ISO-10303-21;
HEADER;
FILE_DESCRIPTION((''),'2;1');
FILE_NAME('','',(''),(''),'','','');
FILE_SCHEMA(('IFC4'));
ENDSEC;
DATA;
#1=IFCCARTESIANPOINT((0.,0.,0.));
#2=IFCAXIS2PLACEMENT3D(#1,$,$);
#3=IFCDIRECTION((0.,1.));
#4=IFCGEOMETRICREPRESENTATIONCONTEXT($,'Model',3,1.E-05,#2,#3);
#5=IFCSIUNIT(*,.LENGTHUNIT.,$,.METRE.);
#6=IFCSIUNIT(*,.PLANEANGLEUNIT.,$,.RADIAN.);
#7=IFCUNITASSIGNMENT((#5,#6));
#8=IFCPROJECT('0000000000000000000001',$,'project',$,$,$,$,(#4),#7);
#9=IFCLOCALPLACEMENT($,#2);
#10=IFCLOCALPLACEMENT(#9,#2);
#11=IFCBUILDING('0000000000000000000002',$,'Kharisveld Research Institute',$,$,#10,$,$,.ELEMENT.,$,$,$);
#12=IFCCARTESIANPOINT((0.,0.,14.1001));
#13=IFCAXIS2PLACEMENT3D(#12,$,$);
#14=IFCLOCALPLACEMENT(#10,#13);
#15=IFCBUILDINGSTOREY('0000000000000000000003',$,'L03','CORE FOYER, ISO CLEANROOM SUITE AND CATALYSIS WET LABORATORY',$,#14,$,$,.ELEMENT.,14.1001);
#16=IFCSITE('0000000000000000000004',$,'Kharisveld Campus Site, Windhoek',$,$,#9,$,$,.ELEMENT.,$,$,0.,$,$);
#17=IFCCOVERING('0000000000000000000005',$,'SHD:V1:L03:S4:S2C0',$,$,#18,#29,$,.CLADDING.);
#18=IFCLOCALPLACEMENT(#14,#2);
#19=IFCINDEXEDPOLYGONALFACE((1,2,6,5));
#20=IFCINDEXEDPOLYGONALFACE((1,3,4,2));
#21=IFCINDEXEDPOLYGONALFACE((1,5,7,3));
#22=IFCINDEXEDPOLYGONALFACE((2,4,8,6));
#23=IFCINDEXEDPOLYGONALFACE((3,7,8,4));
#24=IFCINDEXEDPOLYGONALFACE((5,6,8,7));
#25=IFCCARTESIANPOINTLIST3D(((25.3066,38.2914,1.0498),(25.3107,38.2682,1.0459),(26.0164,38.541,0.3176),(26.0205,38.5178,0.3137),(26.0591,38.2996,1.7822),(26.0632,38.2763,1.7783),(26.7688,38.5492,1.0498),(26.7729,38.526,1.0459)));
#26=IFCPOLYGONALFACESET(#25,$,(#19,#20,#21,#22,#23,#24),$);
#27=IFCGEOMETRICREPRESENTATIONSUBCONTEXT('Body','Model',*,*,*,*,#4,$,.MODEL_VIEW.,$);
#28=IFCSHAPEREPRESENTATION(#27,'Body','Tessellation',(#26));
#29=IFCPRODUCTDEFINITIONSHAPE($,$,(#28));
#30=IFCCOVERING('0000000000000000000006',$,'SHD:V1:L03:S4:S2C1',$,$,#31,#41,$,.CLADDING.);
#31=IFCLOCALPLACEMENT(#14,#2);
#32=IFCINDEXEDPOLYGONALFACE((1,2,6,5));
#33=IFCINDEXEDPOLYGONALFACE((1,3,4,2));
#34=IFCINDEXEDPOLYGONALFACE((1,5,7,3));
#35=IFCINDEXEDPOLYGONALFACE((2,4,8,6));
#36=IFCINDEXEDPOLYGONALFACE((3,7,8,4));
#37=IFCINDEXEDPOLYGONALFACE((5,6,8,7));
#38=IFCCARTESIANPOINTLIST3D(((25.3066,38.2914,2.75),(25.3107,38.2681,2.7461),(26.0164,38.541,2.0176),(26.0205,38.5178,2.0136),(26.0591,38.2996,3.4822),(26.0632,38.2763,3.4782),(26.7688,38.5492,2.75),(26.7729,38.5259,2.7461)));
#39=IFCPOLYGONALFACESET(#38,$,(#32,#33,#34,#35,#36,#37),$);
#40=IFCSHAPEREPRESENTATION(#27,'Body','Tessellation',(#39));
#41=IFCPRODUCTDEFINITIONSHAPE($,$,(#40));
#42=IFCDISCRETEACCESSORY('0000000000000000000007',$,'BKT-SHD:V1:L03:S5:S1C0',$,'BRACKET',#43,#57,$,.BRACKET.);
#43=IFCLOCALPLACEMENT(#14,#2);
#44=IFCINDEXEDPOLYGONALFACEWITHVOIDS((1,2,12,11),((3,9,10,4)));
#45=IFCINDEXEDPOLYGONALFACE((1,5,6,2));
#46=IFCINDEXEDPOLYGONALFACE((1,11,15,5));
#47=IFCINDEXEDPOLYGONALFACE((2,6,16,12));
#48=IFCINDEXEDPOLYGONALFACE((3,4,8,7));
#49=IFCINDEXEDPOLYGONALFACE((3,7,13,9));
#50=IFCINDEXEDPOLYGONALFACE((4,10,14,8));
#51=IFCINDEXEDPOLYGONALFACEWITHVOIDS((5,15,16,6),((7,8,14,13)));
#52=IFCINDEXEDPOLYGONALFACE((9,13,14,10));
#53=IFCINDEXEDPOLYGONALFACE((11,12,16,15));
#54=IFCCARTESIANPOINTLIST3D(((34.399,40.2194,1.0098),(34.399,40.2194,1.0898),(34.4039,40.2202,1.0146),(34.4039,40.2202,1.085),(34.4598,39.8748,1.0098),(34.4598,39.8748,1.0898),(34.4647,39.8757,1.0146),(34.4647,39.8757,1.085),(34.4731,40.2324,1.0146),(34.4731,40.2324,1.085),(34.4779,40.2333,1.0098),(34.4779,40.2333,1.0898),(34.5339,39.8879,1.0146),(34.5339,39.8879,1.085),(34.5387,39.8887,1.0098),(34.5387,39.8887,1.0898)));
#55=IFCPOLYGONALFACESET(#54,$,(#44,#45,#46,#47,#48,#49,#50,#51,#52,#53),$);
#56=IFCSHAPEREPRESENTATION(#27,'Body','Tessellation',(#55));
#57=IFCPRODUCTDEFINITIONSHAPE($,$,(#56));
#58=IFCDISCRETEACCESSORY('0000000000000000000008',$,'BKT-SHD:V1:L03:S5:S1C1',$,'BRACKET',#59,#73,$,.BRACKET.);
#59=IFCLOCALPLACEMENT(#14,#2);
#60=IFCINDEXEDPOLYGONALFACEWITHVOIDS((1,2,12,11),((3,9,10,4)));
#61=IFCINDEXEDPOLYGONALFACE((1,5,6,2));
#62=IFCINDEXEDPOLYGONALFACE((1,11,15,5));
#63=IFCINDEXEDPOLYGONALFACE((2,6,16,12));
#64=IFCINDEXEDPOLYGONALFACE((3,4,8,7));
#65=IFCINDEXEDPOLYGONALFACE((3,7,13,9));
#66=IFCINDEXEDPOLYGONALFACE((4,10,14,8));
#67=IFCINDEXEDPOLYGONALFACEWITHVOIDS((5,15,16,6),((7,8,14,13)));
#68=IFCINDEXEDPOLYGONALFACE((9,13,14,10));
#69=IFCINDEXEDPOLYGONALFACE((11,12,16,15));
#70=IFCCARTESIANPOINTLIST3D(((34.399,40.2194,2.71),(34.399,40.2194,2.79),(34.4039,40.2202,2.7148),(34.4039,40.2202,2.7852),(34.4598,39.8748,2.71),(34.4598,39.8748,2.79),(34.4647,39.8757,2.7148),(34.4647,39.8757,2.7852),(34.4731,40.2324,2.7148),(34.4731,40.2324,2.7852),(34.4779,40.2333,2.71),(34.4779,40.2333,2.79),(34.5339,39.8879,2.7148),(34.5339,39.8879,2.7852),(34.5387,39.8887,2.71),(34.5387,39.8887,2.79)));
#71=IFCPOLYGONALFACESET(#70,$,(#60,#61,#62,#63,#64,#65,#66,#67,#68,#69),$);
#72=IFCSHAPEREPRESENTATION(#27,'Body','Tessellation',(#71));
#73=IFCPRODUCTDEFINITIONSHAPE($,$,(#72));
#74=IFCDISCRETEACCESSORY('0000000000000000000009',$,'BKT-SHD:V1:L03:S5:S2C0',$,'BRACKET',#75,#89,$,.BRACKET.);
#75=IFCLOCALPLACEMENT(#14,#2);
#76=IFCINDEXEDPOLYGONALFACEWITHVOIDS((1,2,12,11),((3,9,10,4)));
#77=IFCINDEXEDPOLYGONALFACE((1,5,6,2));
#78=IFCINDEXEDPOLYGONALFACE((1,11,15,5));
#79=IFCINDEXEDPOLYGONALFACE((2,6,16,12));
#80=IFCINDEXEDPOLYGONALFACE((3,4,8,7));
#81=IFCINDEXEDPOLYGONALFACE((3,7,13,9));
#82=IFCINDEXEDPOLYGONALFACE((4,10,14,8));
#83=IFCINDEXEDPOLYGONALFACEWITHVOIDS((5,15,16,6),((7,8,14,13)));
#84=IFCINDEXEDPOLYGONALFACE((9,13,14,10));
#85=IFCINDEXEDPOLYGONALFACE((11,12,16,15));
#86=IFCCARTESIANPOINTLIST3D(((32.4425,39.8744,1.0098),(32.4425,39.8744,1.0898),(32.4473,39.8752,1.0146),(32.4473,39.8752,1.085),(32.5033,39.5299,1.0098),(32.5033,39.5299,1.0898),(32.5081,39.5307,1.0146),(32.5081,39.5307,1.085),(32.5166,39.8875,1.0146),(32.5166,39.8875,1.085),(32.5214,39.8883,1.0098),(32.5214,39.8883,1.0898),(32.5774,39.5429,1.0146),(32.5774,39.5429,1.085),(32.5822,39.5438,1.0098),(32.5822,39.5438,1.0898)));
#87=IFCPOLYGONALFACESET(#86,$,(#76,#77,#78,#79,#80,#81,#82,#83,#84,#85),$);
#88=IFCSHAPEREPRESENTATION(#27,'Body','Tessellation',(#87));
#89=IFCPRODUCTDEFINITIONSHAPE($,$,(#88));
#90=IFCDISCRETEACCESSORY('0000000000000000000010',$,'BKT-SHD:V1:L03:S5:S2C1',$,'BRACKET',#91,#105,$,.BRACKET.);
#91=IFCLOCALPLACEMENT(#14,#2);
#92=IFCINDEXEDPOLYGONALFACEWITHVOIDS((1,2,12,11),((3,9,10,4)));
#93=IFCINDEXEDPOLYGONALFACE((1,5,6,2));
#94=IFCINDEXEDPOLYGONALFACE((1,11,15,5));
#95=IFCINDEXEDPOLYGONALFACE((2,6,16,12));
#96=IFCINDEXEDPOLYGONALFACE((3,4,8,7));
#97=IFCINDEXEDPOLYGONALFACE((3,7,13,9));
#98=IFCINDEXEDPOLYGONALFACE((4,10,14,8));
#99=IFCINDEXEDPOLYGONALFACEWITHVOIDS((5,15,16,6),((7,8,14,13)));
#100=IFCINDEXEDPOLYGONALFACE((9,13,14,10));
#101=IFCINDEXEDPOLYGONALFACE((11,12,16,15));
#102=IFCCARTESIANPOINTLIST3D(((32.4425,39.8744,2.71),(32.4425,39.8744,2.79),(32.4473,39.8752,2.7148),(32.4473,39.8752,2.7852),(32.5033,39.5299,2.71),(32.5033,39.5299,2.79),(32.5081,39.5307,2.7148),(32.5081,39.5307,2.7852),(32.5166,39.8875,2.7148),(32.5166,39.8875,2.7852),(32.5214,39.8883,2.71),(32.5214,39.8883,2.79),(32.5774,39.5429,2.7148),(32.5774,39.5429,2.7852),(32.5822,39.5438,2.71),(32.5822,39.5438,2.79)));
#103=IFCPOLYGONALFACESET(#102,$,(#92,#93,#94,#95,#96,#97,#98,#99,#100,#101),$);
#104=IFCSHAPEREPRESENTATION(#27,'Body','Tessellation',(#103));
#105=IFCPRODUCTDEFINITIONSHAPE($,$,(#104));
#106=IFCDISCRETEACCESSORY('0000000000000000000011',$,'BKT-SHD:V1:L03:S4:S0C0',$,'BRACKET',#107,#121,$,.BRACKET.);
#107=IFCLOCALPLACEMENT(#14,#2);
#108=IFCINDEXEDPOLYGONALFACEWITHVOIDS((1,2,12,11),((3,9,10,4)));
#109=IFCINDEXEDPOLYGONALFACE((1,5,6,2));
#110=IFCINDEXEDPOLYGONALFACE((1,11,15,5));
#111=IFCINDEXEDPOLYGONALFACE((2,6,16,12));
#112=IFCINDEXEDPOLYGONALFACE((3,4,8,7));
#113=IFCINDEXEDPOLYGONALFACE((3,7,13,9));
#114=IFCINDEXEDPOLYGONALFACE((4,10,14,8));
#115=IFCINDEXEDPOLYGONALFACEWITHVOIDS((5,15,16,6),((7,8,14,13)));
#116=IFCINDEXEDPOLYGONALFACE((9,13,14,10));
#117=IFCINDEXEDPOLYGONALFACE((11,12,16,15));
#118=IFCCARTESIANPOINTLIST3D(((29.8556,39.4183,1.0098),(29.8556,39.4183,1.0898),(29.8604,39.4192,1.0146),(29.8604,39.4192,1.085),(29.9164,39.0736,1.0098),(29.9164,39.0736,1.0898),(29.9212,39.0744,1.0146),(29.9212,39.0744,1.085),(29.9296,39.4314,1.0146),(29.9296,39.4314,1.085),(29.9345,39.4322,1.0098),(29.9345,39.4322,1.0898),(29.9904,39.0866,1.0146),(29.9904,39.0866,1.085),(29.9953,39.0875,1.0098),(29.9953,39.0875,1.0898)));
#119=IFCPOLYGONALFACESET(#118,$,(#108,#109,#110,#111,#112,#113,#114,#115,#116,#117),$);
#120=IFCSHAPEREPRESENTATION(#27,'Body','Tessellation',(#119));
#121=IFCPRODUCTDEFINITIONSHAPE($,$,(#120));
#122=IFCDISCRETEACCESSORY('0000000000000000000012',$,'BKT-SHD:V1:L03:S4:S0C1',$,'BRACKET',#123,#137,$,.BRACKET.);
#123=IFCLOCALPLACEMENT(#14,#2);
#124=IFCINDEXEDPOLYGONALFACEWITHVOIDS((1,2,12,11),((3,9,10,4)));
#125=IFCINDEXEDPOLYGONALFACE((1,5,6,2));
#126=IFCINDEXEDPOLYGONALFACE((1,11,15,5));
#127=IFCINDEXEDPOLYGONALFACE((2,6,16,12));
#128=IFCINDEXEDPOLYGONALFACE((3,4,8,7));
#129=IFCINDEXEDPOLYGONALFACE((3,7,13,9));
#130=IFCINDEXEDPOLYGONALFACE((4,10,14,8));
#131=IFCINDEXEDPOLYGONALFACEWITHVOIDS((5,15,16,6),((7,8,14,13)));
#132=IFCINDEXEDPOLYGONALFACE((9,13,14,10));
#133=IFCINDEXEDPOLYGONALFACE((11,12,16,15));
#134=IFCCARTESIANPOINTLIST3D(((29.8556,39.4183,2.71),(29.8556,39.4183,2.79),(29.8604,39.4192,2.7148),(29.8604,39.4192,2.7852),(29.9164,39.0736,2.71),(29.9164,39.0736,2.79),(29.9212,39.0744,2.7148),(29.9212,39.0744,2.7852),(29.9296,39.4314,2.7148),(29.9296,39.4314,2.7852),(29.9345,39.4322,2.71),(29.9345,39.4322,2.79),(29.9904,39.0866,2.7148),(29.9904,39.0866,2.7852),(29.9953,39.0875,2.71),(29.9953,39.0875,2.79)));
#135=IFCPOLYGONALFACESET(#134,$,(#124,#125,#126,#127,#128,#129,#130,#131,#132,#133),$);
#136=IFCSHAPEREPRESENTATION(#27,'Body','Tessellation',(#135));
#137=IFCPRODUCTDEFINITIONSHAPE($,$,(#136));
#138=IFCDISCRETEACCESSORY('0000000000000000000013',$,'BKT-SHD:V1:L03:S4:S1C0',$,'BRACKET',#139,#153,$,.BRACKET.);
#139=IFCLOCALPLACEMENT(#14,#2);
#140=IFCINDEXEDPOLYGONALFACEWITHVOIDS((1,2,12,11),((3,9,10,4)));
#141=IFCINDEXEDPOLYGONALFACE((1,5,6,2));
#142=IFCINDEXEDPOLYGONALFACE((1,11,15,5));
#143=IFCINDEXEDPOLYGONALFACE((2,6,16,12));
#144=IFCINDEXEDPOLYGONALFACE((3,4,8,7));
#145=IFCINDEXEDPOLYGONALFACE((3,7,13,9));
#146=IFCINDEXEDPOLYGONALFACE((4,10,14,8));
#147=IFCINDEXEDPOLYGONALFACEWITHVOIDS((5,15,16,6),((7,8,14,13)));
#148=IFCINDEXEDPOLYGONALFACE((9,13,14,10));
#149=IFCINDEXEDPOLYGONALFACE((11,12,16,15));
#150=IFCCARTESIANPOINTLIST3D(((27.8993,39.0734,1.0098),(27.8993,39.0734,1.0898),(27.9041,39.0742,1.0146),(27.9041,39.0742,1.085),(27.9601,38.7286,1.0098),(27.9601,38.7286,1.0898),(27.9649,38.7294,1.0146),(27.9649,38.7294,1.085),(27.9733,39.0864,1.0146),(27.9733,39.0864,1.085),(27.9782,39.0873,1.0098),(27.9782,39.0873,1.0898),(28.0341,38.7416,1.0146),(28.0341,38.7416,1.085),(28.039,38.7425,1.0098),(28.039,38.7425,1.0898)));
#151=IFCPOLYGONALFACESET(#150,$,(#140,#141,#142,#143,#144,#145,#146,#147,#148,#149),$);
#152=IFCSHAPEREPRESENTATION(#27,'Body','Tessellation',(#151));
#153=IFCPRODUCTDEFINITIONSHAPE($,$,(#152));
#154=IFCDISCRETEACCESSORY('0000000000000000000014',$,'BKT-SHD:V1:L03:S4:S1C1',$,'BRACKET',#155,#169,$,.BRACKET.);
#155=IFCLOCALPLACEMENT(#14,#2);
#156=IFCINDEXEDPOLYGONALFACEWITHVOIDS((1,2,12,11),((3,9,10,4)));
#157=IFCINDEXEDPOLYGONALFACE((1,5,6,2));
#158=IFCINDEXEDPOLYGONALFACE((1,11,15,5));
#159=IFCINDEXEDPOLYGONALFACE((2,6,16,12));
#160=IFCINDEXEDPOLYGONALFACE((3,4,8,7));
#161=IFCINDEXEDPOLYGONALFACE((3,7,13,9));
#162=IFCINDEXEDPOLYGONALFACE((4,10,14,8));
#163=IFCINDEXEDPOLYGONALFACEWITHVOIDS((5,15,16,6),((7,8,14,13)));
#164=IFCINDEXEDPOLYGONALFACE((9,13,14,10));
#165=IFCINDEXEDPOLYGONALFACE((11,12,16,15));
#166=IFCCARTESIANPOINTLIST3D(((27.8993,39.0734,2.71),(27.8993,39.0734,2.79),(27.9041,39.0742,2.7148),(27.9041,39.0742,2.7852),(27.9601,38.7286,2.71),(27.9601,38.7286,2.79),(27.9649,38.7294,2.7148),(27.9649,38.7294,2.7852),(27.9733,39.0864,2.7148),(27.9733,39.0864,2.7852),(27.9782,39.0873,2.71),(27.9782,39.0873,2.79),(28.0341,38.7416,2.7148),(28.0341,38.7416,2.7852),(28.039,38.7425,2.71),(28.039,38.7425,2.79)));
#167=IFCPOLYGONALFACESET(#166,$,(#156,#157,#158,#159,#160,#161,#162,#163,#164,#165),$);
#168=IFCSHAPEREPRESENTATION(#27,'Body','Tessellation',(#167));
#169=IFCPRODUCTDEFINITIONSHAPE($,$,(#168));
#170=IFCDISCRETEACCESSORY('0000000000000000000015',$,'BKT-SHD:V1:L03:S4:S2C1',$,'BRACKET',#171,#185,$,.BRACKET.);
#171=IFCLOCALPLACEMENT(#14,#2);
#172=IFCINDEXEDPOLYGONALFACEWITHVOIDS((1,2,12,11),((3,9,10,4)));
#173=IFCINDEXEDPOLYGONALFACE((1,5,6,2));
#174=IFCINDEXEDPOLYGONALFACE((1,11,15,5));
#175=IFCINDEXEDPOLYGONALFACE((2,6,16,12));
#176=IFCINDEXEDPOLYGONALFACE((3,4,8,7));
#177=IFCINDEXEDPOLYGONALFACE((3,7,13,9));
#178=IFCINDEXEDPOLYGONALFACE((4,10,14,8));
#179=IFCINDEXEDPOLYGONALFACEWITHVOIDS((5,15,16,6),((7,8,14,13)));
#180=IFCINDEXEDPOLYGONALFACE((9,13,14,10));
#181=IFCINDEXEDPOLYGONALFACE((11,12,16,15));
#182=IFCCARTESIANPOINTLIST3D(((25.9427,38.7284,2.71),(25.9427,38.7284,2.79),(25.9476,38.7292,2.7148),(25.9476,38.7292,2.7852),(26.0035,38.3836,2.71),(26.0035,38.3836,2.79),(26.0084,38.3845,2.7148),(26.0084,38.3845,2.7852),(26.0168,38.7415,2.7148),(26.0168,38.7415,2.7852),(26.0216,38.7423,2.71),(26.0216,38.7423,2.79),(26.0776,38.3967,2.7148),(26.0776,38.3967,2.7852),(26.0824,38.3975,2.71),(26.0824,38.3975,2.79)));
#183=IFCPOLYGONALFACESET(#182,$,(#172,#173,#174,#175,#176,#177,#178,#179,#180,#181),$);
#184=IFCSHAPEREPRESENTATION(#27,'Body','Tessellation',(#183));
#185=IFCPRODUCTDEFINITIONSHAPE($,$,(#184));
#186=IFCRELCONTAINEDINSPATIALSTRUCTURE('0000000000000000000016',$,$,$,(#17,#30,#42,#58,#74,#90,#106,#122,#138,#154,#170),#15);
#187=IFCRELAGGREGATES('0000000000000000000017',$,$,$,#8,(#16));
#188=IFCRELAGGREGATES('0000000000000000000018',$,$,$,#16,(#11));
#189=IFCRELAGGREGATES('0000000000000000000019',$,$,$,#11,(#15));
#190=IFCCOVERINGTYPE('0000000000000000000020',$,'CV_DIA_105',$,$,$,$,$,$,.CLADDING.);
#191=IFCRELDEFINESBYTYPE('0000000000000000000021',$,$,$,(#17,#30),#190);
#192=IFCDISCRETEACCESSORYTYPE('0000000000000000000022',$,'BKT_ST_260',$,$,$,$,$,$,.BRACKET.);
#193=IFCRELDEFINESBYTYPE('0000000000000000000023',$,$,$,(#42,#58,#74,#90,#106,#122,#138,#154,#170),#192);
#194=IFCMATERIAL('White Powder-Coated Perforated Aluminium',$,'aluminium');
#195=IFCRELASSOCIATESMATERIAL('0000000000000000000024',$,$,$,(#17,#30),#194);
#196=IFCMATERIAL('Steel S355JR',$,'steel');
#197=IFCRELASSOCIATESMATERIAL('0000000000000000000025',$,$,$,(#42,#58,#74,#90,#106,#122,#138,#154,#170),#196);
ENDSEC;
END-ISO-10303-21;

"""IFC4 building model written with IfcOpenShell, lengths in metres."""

from ifc_helpers import new_model, si_unit, direction, frame, origin, origin_2d, place, context, subcontext, project, spatial, polyline, hollow_rectangle, outline, extrude, material, type_object, element, save


model = new_model("IFC4")

# Units and contexts
model_context = context("Model", 3, precision=1e-05, world=origin(), true_north=direction((0.0, 1.0)))
body_context = subcontext(model_context, "Body", "Model", "MODEL_VIEW")
ifc_project = project(units=[si_unit("LENGTHUNIT", "METRE"), si_unit("PLANEANGLEUNIT", "RADIAN")], contexts=[model_context])

# Site, building, storey
site_placement = place(None, origin())
site = spatial("IfcSite", under=ifc_project, at=site_placement, Name="Kharisveld Campus Site, Windhoek", CompositionType="ELEMENT", RefElevation=0.0)
building_placement = place(site_placement, origin())
building = spatial("IfcBuilding", under=site, at=building_placement, Name="Kharisveld Research Institute", CompositionType="ELEMENT")
storey_placement = place(building_placement, frame((0.0, 0.0, 14.1001)))
storey = spatial("IfcBuildingStorey", under=building, at=storey_placement, Name="L03", Description="CORE FOYER, ISO CLEANROOM SUITE AND CATALYSIS WET LABORATORY", CompositionType="ELEMENT", Elevation=14.1001)

# Coverings
ifc_material_1 = material(Name="White Powder-Coated Perforated Aluminium", Category="aluminium")
covering_type = type_object("IfcCoveringType", Name="CV_DIA_105", PredefinedType="CLADDING")
covering_1_placement = place(storey_placement, frame((26.0164, 38.541, 0.3176), z_axis=(-0.171261, 0.97129, 0.165124), x_axis=(-0.676048, -0.237771, 0.697441)))
element("IfcCovering", 1, at=covering_1_placement, inside=storey, type_object=covering_type, material=ifc_material_1, Name="SHD:V1:L03:S4:S2C0", PredefinedType="CLADDING", context=body_context, shape_type="SweptSolid", body=[
    extrude(outline(polyline([(0.0, 0.0), (1.0498, 0.0), (1.05, 1.0501), (0.0, 1.0499), (0.0, 0.0)])), origin(), (0.0, 0.0, -1.0), 0.0239),
])
covering_2_placement = place(storey_placement, frame((26.0164, 38.541, 2.0176), z_axis=(-0.171261, 0.97129, 0.165124), x_axis=(-0.675931, -0.23777, 0.697555)))
element("IfcCovering", 2, at=covering_2_placement, inside=storey, type_object=covering_type, material=ifc_material_1, Name="SHD:V1:L03:S4:S2C1", PredefinedType="CLADDING", context=body_context, shape_type="SweptSolid", body=[
    extrude(outline(polyline([(0.0, 0.0), (1.05, 0.0), (1.0502, 1.0499), (0.0004, 1.0501), (0.0, 0.0)])), origin(), (0.0, 0.0, -1.0), 0.0239),
])

# Discrete accessories
ifc_material_2 = material(Name="Steel S355JR", Category="steel")
discrete_accessory_type = type_object("IfcDiscreteAccessoryType", Name="BKT_ST_260", PredefinedType="BRACKET")
for number, where, z_axis, x_axis, name in (
    (3, (34.4385, 40.2263, 1.0498), (0.173785, -0.984784, 0.0), (0.984784, 0.173785, 0.0), "BKT-SHD:V1:L03:S5:S1C0"),
    (4, (34.4385, 40.2263, 2.75), (0.173785, -0.984784, 0.0), (0.984784, 0.173785, 0.0), "BKT-SHD:V1:L03:S5:S1C1"),
    (5, (32.4819, 39.8813, 1.0498), (0.173785, -0.984784, 0.0), (0.984784, 0.173785, 0.0), "BKT-SHD:V1:L03:S5:S2C0"),
    (6, (32.4819, 39.8813, 2.75), (0.173785, -0.984784, 0.0), (0.984784, 0.173785, 0.0), "BKT-SHD:V1:L03:S5:S2C1"),
):
    element("IfcDiscreteAccessory", number, at=place(storey_placement, frame(where, z_axis=z_axis, x_axis=x_axis)), inside=storey, type_object=discrete_accessory_type, material=ifc_material_2, Name=name, ObjectType="BRACKET", PredefinedType="BRACKET", context=body_context, shape_type="SweptSolid", body=[
        extrude(hollow_rectangle(XDim=0.0801, YDim=0.0801, WallThickness=0.0049, at=origin_2d()), origin(), (0.0, 0.0, 1.0), 0.3499),
    ])
for number, where, z_axis, x_axis, name in (
    (7, (29.895, 39.4253, 1.0498), (0.173666, -0.984805, 0.0), (0.984805, 0.173666, 0.0), "BKT-SHD:V1:L03:S4:S0C0"),
    (8, (29.895, 39.4253, 2.75), (0.173666, -0.984805, 0.0), (0.984805, 0.173666, 0.0), "BKT-SHD:V1:L03:S4:S0C1"),
    (9, (27.9387, 39.0803, 1.0498), (0.173666, -0.984805, 0.0), (0.984805, 0.173666, 0.0), "BKT-SHD:V1:L03:S4:S1C0"),
    (10, (27.9387, 39.0803, 2.75), (0.173666, -0.984805, 0.0), (0.984805, 0.173666, 0.0), "BKT-SHD:V1:L03:S4:S1C1"),
    (11, (25.9822, 38.7354, 2.75), (0.173666, -0.984805, 0.0), (0.984805, 0.173666, 0.0), "BKT-SHD:V1:L03:S4:S2C1"),
):
    element("IfcDiscreteAccessory", number, at=place(storey_placement, frame(where, z_axis=z_axis, x_axis=x_axis)), inside=storey, type_object=discrete_accessory_type, material=ifc_material_2, Name=name, ObjectType="BRACKET", PredefinedType="BRACKET", context=body_context, shape_type="SweptSolid", body=[
        extrude(hollow_rectangle(XDim=0.0801, YDim=0.0801, WallThickness=0.0049, at=origin_2d()), origin(), (0.0, 0.0, 1.0), 0.3501),
    ])

save(model, "model.ifc")
